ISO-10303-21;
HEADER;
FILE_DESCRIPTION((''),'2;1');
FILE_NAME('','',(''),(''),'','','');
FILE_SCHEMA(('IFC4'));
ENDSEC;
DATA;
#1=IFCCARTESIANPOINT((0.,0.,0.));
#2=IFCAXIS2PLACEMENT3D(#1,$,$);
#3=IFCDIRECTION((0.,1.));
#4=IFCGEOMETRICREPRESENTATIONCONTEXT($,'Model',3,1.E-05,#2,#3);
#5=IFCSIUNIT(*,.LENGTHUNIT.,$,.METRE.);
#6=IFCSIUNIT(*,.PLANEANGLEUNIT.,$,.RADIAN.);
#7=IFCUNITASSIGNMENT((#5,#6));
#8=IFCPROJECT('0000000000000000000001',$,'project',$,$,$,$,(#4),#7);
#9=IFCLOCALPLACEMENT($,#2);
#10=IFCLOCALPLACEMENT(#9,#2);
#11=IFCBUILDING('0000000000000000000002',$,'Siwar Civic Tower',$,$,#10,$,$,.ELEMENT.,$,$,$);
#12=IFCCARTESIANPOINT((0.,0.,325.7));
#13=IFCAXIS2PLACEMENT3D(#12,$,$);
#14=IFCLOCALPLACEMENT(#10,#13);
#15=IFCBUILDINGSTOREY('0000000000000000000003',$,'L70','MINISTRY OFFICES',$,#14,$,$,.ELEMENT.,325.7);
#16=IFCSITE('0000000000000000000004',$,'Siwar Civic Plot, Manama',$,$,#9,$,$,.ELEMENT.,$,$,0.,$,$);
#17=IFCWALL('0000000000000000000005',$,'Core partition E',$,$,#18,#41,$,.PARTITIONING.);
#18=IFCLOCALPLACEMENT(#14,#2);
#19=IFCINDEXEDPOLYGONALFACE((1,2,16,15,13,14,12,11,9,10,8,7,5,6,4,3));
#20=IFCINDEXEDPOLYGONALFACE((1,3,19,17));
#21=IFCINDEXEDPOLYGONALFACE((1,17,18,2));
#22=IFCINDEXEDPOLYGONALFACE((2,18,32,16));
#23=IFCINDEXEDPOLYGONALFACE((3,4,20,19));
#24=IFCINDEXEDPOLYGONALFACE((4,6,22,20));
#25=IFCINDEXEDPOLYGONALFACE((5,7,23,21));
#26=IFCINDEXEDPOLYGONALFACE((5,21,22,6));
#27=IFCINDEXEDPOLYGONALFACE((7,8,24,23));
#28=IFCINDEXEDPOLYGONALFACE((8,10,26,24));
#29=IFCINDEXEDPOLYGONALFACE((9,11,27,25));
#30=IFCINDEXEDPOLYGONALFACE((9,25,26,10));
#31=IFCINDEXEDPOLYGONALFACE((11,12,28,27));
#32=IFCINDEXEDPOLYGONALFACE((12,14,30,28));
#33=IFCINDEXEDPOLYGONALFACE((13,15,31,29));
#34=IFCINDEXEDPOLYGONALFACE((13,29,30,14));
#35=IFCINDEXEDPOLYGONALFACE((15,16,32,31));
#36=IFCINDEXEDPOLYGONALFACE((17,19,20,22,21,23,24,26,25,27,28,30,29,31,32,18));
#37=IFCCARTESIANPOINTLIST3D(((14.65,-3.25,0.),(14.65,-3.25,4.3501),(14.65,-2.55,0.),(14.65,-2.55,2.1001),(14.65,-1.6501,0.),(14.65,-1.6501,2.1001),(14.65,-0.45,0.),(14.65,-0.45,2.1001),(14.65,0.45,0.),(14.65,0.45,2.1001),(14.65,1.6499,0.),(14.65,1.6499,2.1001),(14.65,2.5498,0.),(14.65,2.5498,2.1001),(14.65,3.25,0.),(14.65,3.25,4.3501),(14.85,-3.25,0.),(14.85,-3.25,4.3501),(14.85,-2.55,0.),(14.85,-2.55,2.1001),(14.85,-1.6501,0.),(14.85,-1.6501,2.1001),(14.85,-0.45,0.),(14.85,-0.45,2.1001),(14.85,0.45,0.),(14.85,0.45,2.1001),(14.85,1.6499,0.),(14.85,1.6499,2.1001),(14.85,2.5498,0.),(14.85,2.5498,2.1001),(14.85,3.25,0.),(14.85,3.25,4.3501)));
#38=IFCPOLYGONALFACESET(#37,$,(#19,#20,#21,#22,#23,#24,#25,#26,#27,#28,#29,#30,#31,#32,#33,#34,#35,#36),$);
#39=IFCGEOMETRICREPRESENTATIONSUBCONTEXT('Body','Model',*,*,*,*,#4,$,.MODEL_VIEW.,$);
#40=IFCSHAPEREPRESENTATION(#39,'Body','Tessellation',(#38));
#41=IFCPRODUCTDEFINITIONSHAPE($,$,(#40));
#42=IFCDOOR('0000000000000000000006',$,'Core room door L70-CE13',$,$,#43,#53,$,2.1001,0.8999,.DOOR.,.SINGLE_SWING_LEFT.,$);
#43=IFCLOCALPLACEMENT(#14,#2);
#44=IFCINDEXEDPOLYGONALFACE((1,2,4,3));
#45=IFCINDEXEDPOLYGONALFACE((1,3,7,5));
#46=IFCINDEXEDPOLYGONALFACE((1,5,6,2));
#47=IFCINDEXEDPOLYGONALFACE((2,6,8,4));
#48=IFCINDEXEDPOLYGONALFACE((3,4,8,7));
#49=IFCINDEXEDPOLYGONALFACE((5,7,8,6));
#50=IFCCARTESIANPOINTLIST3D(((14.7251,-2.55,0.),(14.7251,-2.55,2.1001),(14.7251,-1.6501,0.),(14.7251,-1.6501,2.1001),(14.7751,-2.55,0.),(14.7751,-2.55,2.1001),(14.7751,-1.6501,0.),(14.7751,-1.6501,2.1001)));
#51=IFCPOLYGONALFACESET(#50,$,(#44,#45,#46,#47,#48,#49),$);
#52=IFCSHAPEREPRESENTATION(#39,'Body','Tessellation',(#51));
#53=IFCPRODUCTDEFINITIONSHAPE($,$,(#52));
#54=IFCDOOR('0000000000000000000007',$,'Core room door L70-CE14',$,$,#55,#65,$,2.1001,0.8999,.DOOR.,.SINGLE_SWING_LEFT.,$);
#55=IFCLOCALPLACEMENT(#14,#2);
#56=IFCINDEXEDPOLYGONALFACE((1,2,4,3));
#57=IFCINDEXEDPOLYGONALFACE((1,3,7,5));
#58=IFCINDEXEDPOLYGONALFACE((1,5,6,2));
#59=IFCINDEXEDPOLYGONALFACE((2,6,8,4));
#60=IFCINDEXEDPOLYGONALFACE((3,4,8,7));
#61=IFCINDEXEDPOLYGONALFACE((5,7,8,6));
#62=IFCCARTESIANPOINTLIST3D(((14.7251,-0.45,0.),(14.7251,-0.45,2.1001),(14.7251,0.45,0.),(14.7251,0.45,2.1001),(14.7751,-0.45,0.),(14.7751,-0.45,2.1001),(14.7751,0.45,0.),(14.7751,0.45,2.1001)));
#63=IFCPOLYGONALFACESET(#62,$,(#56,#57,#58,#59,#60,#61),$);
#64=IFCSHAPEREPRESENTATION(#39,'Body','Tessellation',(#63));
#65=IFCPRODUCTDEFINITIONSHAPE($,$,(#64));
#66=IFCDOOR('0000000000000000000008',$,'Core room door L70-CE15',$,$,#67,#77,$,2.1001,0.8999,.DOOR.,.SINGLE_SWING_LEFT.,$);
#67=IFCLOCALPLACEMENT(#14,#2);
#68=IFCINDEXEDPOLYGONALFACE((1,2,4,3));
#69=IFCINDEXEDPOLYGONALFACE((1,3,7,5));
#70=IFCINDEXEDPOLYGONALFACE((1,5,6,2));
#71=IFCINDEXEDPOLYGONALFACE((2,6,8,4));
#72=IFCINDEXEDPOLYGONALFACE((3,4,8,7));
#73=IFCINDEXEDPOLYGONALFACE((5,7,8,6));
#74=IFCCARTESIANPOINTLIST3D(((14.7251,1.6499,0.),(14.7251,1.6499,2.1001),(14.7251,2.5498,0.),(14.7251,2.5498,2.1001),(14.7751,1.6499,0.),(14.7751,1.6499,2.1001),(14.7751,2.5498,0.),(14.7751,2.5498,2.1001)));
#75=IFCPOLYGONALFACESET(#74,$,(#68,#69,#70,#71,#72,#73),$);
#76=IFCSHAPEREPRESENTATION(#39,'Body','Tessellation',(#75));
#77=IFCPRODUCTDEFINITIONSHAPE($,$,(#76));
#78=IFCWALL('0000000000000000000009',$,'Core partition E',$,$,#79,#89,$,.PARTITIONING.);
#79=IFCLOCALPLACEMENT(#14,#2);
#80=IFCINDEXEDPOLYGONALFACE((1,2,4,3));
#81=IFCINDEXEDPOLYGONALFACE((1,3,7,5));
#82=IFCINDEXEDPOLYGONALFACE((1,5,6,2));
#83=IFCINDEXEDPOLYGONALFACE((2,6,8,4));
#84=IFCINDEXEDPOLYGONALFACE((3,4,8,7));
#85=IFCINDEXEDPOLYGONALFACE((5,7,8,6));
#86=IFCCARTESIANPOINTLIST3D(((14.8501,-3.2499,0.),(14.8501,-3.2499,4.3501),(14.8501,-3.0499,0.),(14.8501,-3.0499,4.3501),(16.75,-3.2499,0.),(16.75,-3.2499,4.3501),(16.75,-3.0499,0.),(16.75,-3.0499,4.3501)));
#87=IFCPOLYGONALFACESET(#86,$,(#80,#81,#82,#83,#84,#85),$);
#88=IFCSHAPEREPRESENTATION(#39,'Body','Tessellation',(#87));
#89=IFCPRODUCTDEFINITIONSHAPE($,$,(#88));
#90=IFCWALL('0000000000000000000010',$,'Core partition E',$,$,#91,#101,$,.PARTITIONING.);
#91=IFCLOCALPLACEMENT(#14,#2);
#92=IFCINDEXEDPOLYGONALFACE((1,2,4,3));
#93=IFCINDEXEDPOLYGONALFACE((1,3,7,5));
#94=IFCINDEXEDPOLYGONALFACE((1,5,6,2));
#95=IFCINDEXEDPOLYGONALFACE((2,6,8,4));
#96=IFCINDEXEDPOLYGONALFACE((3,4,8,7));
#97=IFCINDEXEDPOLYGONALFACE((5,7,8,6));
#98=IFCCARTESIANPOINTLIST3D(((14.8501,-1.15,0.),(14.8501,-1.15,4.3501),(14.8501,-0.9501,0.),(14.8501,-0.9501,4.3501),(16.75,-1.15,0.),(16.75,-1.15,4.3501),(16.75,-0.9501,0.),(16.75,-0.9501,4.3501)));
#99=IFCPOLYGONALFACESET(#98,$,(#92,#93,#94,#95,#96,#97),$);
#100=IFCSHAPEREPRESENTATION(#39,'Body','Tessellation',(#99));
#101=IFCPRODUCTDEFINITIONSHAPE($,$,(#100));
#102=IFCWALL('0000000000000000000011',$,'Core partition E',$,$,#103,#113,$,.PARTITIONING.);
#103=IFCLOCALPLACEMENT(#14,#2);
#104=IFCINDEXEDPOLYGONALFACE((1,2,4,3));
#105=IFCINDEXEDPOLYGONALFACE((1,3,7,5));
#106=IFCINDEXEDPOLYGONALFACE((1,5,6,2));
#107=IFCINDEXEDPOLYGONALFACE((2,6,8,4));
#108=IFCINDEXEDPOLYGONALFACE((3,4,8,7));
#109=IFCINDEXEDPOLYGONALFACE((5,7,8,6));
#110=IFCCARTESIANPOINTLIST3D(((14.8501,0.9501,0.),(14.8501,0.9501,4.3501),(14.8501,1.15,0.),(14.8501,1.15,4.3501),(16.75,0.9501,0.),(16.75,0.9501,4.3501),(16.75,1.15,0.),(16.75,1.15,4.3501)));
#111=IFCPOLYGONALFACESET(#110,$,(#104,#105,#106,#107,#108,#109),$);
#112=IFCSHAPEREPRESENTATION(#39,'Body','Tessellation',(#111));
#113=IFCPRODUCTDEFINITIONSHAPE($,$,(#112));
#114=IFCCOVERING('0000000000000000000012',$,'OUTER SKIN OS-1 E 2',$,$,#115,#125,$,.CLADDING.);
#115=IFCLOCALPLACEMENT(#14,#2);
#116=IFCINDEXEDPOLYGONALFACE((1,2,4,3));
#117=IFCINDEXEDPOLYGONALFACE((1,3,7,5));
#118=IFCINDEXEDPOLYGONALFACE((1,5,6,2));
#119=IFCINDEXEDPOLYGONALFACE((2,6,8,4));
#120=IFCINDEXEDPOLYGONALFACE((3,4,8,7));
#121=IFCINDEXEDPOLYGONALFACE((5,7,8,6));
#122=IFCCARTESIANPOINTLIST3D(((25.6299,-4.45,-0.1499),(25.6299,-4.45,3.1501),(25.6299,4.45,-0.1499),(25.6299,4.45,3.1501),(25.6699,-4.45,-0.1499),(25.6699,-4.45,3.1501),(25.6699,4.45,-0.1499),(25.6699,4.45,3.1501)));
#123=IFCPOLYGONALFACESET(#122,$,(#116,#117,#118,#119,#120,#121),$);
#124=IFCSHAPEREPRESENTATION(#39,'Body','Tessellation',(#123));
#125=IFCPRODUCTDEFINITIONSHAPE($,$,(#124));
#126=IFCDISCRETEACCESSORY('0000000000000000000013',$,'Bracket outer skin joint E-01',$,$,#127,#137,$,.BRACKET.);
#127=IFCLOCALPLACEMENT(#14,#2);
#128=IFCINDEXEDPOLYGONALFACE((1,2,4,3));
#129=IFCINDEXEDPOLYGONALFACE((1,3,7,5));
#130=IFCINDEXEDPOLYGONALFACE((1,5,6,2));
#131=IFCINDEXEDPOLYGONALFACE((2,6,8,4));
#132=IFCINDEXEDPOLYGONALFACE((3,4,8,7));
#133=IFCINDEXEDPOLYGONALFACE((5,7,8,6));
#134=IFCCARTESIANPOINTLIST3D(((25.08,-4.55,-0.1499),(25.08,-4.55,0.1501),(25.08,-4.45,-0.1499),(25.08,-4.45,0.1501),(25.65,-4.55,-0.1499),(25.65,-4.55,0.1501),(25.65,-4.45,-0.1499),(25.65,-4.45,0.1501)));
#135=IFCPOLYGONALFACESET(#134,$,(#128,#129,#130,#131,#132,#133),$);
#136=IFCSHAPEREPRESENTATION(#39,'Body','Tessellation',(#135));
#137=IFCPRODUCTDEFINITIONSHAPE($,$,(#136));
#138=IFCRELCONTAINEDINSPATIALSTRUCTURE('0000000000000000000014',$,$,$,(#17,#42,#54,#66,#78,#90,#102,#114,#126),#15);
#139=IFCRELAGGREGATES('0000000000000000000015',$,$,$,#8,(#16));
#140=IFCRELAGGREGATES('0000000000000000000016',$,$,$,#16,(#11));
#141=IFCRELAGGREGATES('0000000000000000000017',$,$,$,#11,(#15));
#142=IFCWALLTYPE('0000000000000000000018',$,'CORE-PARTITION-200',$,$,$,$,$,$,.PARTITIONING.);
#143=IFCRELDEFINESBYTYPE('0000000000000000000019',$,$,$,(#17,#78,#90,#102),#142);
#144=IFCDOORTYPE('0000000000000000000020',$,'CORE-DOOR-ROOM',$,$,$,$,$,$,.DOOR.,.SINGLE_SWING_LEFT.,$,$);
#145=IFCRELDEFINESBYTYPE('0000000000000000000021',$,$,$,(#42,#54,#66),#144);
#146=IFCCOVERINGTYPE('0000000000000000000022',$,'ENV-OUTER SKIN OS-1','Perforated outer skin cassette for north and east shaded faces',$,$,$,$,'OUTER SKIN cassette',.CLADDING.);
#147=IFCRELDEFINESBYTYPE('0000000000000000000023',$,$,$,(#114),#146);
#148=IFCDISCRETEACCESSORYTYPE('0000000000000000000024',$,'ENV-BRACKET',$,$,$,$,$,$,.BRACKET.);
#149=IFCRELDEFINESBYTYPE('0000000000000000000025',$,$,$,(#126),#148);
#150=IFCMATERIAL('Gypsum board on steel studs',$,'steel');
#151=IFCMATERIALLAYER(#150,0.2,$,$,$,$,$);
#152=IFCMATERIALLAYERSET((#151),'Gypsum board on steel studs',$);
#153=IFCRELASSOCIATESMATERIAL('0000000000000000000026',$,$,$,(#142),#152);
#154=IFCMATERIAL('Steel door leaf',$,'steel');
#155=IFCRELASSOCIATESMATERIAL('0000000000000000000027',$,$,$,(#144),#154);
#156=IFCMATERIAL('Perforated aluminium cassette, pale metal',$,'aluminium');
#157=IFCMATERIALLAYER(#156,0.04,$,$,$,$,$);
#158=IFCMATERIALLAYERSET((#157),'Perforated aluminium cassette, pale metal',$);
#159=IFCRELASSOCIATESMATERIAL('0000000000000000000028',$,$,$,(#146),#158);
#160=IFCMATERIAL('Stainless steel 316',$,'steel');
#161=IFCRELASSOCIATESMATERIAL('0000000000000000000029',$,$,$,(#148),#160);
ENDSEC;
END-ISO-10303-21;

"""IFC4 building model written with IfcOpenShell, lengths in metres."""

from ifc_helpers import new_model, si_unit, direction, frame, frame_2d, origin, origin_2d, place, context, subcontext, project, spatial, rectangle, extrude, material, layer, layer_set, type_object, element, fill, save


model = new_model("IFC4")

# Units and contexts
model_context = context("Model", 3, precision=1e-05, world=origin(), true_north=direction((0.0, 1.0)))
body_context = subcontext(model_context, "Body", "Model", "MODEL_VIEW")
ifc_project = project(units=[si_unit("LENGTHUNIT", "METRE"), si_unit("PLANEANGLEUNIT", "RADIAN")], contexts=[model_context])

# Site, building, storey
site_placement = place(None, origin())
site = spatial("IfcSite", under=ifc_project, at=site_placement, Name="Siwar Civic Plot, Manama", CompositionType="ELEMENT", RefElevation=0.0)
building_placement = place(site_placement, origin())
building = spatial("IfcBuilding", under=site, at=building_placement, Name="Siwar Civic Tower", CompositionType="ELEMENT")
storey_placement = place(building_placement, frame((0.0, 0.0, 325.7)))
storey = spatial("IfcBuildingStorey", under=building, at=storey_placement, Name="L70", Description="MINISTRY OFFICES", CompositionType="ELEMENT", Elevation=325.7)

# Wall, openings, doors
ifc_material_1 = material(Name="Gypsum board on steel studs", Category="steel")
ifc_layer_1 = layer(ifc_material_1, 0.2)
ifc_layer_set_1 = layer_set([ifc_layer_1], Name="Gypsum board on steel studs")
wall_type = type_object("IfcWallType", Name="CORE-PARTITION-200", PredefinedType="PARTITIONING", material=ifc_layer_set_1)
wall_placement = place(storey_placement, frame((14.75, -3.25, 0.0), z_axis=(0.0, 0.0, 1.0), x_axis=(0.0, 1.0, 0.0)))
wall = element("IfcWall", 1, at=wall_placement, inside=storey, type_object=wall_type, Name="Core partition E", PredefinedType="PARTITIONING", context=body_context, shape_type="SweptSolid", body=[
    extrude(rectangle(XDim=6.5, YDim=0.2, at=frame_2d((3.25, 0.0))), origin(), (0.0, 0.0, 1.0), 4.3501),
])
opening_1_placement = place(wall_placement, frame((0.7, 0.0, 0.0)))
opening_1 = element("IfcOpeningElement", 2, at=opening_1_placement, cuts=wall, PredefinedType="OPENING", context=body_context, shape_type="SweptSolid", body=[
    extrude(rectangle(XDim=0.8999, YDim=2.1001, at=frame_2d((0.45, 1.05))), frame((0.0, 0.1099, 0.0), z_axis=(0.0, -1.0, 0.0), x_axis=(1.0, 0.0, 0.0)), (0.0, 0.0, 1.0), 0.22),
])
opening_2_placement = place(wall_placement, frame((2.8, 0.0, 0.0)))
opening_2 = element("IfcOpeningElement", 3, at=opening_2_placement, cuts=wall, PredefinedType="OPENING", context=body_context, shape_type="SweptSolid", body=[
    extrude(rectangle(XDim=0.8999, YDim=2.1001, at=frame_2d((0.45, 1.05))), frame((0.0, 0.1099, 0.0), z_axis=(0.0, -1.0, 0.0), x_axis=(1.0, 0.0, 0.0)), (0.0, 0.0, 1.0), 0.22),
])
opening_3_placement = place(wall_placement, frame((4.8999, 0.0, 0.0)))
opening_3 = element("IfcOpeningElement", 4, at=opening_3_placement, cuts=wall, PredefinedType="OPENING", context=body_context, shape_type="SweptSolid", body=[
    extrude(rectangle(XDim=0.8999, YDim=2.1001, at=frame_2d((0.45, 1.05))), frame((0.0, 0.1099, 0.0), z_axis=(0.0, -1.0, 0.0), x_axis=(1.0, 0.0, 0.0)), (0.0, 0.0, 1.0), 0.22),
])
ifc_material_2 = material(Name="Steel door leaf", Category="steel")
door_type = type_object("IfcDoorType", Name="CORE-DOOR-ROOM", OperationType="SINGLE_SWING_LEFT", PredefinedType="DOOR", material=ifc_material_2)
door_1_placement = place(opening_1_placement, origin())
door_1 = element("IfcDoor", 5, at=door_1_placement, inside=storey, type_object=door_type, Name="Core room door L70-CE13", OperationType="SINGLE_SWING_LEFT", OverallHeight=2.1001, OverallWidth=0.8999, PredefinedType="DOOR", context=body_context, shape_type="SweptSolid", body=[
    extrude(rectangle(XDim=0.8999, YDim=2.1001, at=frame_2d((0.45, 1.05))), frame((0.0, 0.0249, 0.0), z_axis=(0.0, -1.0, 0.0), x_axis=(1.0, 0.0, 0.0)), (0.0, 0.0, 1.0), 0.05),
])
fill(opening_1, door_1)
door_2_placement = place(opening_2_placement, origin())
door_2 = element("IfcDoor", 6, at=door_2_placement, inside=storey, type_object=door_type, Name="Core room door L70-CE14", OperationType="SINGLE_SWING_LEFT", OverallHeight=2.1001, OverallWidth=0.8999, PredefinedType="DOOR", context=body_context, shape_type="SweptSolid", body=[
    extrude(rectangle(XDim=0.8999, YDim=2.1001, at=frame_2d((0.45, 1.05))), frame((0.0, 0.0249, 0.0), z_axis=(0.0, -1.0, 0.0), x_axis=(1.0, 0.0, 0.0)), (0.0, 0.0, 1.0), 0.05),
])
fill(opening_2, door_2)
door_3_placement = place(opening_3_placement, origin())
door_3 = element("IfcDoor", 7, at=door_3_placement, inside=storey, type_object=door_type, Name="Core room door L70-CE15", OperationType="SINGLE_SWING_LEFT", OverallHeight=2.1001, OverallWidth=0.8999, PredefinedType="DOOR", context=body_context, shape_type="SweptSolid", body=[
    extrude(rectangle(XDim=0.8999, YDim=2.1001, at=frame_2d((0.45, 1.05))), frame((0.0, 0.0249, 0.0), z_axis=(0.0, -1.0, 0.0), x_axis=(1.0, 0.0, 0.0)), (0.0, 0.0, 1.0), 0.05),
])
fill(opening_3, door_3)

# Walls
for number, where, z_axis, x_axis, name in (
    (8, (14.8501, -3.1499, 0.0), (0.0, 0.0, 1.0), (1.0, 0.0, 0.0), "Core partition E"),
    (9, (14.8501, -1.05, 0.0), (0.0, 0.0, 1.0), (1.0, 0.0, 0.0), "Core partition E"),
    (10, (14.8501, 1.05, 0.0), (0.0, 0.0, 1.0), (1.0, 0.0, 0.0), "Core partition E"),
):
    element("IfcWall", number, at=place(storey_placement, frame(where, z_axis=z_axis, x_axis=x_axis)), inside=storey, type_object=wall_type, Name=name, PredefinedType="PARTITIONING", context=body_context, shape_type="SweptSolid", body=[
        extrude(rectangle(XDim=1.8999, YDim=0.2, at=frame_2d((0.95, 0.0))), origin(), (0.0, 0.0, 1.0), 4.3501),
    ])

# Covering
ifc_material_3 = material(Name="Perforated aluminium cassette, pale metal", Category="aluminium")
ifc_layer_2 = layer(ifc_material_3, 0.04)
ifc_layer_set_2 = layer_set([ifc_layer_2], Name="Perforated aluminium cassette, pale metal")
covering_type = type_object("IfcCoveringType", Name="ENV-OUTER SKIN OS-1", Description="Perforated outer skin cassette for north and east shaded faces", ElementType="OUTER SKIN cassette", PredefinedType="CLADDING", material=ifc_layer_set_2)
covering_placement = place(storey_placement, frame((25.6499, 0.0, -0.1499), z_axis=(0.0, 0.0, 1.0), x_axis=(0.0, 1.0, 0.0)))
element("IfcCovering", 11, at=covering_placement, inside=storey, type_object=covering_type, Name="OUTER SKIN OS-1 E 2", PredefinedType="CLADDING", context=body_context, shape_type="SweptSolid", body=[
    extrude(rectangle(XDim=8.8999, YDim=0.04, at=origin_2d()), origin(), (0.0, 0.0, 1.0), 3.3),
])

# Discrete accessory
ifc_material_4 = material(Name="Stainless steel 316", Category="steel")
discrete_accessory_type = type_object("IfcDiscreteAccessoryType", Name="ENV-BRACKET", PredefinedType="BRACKET", material=ifc_material_4)
discrete_accessory_placement = place(storey_placement, frame((25.365, -4.5, -0.1499), z_axis=(0.0, 0.0, 1.0), x_axis=(1.0, 0.0, 0.0)))
element("IfcDiscreteAccessory", 12, at=discrete_accessory_placement, inside=storey, type_object=discrete_accessory_type, Name="Bracket outer skin joint E-01", PredefinedType="BRACKET", context=body_context, shape_type="SweptSolid", body=[
    extrude(rectangle(XDim=0.5701, YDim=0.1001, at=origin_2d()), origin(), (0.0, 0.0, 1.0), 0.3),
])

save(model, "model.ifc")
